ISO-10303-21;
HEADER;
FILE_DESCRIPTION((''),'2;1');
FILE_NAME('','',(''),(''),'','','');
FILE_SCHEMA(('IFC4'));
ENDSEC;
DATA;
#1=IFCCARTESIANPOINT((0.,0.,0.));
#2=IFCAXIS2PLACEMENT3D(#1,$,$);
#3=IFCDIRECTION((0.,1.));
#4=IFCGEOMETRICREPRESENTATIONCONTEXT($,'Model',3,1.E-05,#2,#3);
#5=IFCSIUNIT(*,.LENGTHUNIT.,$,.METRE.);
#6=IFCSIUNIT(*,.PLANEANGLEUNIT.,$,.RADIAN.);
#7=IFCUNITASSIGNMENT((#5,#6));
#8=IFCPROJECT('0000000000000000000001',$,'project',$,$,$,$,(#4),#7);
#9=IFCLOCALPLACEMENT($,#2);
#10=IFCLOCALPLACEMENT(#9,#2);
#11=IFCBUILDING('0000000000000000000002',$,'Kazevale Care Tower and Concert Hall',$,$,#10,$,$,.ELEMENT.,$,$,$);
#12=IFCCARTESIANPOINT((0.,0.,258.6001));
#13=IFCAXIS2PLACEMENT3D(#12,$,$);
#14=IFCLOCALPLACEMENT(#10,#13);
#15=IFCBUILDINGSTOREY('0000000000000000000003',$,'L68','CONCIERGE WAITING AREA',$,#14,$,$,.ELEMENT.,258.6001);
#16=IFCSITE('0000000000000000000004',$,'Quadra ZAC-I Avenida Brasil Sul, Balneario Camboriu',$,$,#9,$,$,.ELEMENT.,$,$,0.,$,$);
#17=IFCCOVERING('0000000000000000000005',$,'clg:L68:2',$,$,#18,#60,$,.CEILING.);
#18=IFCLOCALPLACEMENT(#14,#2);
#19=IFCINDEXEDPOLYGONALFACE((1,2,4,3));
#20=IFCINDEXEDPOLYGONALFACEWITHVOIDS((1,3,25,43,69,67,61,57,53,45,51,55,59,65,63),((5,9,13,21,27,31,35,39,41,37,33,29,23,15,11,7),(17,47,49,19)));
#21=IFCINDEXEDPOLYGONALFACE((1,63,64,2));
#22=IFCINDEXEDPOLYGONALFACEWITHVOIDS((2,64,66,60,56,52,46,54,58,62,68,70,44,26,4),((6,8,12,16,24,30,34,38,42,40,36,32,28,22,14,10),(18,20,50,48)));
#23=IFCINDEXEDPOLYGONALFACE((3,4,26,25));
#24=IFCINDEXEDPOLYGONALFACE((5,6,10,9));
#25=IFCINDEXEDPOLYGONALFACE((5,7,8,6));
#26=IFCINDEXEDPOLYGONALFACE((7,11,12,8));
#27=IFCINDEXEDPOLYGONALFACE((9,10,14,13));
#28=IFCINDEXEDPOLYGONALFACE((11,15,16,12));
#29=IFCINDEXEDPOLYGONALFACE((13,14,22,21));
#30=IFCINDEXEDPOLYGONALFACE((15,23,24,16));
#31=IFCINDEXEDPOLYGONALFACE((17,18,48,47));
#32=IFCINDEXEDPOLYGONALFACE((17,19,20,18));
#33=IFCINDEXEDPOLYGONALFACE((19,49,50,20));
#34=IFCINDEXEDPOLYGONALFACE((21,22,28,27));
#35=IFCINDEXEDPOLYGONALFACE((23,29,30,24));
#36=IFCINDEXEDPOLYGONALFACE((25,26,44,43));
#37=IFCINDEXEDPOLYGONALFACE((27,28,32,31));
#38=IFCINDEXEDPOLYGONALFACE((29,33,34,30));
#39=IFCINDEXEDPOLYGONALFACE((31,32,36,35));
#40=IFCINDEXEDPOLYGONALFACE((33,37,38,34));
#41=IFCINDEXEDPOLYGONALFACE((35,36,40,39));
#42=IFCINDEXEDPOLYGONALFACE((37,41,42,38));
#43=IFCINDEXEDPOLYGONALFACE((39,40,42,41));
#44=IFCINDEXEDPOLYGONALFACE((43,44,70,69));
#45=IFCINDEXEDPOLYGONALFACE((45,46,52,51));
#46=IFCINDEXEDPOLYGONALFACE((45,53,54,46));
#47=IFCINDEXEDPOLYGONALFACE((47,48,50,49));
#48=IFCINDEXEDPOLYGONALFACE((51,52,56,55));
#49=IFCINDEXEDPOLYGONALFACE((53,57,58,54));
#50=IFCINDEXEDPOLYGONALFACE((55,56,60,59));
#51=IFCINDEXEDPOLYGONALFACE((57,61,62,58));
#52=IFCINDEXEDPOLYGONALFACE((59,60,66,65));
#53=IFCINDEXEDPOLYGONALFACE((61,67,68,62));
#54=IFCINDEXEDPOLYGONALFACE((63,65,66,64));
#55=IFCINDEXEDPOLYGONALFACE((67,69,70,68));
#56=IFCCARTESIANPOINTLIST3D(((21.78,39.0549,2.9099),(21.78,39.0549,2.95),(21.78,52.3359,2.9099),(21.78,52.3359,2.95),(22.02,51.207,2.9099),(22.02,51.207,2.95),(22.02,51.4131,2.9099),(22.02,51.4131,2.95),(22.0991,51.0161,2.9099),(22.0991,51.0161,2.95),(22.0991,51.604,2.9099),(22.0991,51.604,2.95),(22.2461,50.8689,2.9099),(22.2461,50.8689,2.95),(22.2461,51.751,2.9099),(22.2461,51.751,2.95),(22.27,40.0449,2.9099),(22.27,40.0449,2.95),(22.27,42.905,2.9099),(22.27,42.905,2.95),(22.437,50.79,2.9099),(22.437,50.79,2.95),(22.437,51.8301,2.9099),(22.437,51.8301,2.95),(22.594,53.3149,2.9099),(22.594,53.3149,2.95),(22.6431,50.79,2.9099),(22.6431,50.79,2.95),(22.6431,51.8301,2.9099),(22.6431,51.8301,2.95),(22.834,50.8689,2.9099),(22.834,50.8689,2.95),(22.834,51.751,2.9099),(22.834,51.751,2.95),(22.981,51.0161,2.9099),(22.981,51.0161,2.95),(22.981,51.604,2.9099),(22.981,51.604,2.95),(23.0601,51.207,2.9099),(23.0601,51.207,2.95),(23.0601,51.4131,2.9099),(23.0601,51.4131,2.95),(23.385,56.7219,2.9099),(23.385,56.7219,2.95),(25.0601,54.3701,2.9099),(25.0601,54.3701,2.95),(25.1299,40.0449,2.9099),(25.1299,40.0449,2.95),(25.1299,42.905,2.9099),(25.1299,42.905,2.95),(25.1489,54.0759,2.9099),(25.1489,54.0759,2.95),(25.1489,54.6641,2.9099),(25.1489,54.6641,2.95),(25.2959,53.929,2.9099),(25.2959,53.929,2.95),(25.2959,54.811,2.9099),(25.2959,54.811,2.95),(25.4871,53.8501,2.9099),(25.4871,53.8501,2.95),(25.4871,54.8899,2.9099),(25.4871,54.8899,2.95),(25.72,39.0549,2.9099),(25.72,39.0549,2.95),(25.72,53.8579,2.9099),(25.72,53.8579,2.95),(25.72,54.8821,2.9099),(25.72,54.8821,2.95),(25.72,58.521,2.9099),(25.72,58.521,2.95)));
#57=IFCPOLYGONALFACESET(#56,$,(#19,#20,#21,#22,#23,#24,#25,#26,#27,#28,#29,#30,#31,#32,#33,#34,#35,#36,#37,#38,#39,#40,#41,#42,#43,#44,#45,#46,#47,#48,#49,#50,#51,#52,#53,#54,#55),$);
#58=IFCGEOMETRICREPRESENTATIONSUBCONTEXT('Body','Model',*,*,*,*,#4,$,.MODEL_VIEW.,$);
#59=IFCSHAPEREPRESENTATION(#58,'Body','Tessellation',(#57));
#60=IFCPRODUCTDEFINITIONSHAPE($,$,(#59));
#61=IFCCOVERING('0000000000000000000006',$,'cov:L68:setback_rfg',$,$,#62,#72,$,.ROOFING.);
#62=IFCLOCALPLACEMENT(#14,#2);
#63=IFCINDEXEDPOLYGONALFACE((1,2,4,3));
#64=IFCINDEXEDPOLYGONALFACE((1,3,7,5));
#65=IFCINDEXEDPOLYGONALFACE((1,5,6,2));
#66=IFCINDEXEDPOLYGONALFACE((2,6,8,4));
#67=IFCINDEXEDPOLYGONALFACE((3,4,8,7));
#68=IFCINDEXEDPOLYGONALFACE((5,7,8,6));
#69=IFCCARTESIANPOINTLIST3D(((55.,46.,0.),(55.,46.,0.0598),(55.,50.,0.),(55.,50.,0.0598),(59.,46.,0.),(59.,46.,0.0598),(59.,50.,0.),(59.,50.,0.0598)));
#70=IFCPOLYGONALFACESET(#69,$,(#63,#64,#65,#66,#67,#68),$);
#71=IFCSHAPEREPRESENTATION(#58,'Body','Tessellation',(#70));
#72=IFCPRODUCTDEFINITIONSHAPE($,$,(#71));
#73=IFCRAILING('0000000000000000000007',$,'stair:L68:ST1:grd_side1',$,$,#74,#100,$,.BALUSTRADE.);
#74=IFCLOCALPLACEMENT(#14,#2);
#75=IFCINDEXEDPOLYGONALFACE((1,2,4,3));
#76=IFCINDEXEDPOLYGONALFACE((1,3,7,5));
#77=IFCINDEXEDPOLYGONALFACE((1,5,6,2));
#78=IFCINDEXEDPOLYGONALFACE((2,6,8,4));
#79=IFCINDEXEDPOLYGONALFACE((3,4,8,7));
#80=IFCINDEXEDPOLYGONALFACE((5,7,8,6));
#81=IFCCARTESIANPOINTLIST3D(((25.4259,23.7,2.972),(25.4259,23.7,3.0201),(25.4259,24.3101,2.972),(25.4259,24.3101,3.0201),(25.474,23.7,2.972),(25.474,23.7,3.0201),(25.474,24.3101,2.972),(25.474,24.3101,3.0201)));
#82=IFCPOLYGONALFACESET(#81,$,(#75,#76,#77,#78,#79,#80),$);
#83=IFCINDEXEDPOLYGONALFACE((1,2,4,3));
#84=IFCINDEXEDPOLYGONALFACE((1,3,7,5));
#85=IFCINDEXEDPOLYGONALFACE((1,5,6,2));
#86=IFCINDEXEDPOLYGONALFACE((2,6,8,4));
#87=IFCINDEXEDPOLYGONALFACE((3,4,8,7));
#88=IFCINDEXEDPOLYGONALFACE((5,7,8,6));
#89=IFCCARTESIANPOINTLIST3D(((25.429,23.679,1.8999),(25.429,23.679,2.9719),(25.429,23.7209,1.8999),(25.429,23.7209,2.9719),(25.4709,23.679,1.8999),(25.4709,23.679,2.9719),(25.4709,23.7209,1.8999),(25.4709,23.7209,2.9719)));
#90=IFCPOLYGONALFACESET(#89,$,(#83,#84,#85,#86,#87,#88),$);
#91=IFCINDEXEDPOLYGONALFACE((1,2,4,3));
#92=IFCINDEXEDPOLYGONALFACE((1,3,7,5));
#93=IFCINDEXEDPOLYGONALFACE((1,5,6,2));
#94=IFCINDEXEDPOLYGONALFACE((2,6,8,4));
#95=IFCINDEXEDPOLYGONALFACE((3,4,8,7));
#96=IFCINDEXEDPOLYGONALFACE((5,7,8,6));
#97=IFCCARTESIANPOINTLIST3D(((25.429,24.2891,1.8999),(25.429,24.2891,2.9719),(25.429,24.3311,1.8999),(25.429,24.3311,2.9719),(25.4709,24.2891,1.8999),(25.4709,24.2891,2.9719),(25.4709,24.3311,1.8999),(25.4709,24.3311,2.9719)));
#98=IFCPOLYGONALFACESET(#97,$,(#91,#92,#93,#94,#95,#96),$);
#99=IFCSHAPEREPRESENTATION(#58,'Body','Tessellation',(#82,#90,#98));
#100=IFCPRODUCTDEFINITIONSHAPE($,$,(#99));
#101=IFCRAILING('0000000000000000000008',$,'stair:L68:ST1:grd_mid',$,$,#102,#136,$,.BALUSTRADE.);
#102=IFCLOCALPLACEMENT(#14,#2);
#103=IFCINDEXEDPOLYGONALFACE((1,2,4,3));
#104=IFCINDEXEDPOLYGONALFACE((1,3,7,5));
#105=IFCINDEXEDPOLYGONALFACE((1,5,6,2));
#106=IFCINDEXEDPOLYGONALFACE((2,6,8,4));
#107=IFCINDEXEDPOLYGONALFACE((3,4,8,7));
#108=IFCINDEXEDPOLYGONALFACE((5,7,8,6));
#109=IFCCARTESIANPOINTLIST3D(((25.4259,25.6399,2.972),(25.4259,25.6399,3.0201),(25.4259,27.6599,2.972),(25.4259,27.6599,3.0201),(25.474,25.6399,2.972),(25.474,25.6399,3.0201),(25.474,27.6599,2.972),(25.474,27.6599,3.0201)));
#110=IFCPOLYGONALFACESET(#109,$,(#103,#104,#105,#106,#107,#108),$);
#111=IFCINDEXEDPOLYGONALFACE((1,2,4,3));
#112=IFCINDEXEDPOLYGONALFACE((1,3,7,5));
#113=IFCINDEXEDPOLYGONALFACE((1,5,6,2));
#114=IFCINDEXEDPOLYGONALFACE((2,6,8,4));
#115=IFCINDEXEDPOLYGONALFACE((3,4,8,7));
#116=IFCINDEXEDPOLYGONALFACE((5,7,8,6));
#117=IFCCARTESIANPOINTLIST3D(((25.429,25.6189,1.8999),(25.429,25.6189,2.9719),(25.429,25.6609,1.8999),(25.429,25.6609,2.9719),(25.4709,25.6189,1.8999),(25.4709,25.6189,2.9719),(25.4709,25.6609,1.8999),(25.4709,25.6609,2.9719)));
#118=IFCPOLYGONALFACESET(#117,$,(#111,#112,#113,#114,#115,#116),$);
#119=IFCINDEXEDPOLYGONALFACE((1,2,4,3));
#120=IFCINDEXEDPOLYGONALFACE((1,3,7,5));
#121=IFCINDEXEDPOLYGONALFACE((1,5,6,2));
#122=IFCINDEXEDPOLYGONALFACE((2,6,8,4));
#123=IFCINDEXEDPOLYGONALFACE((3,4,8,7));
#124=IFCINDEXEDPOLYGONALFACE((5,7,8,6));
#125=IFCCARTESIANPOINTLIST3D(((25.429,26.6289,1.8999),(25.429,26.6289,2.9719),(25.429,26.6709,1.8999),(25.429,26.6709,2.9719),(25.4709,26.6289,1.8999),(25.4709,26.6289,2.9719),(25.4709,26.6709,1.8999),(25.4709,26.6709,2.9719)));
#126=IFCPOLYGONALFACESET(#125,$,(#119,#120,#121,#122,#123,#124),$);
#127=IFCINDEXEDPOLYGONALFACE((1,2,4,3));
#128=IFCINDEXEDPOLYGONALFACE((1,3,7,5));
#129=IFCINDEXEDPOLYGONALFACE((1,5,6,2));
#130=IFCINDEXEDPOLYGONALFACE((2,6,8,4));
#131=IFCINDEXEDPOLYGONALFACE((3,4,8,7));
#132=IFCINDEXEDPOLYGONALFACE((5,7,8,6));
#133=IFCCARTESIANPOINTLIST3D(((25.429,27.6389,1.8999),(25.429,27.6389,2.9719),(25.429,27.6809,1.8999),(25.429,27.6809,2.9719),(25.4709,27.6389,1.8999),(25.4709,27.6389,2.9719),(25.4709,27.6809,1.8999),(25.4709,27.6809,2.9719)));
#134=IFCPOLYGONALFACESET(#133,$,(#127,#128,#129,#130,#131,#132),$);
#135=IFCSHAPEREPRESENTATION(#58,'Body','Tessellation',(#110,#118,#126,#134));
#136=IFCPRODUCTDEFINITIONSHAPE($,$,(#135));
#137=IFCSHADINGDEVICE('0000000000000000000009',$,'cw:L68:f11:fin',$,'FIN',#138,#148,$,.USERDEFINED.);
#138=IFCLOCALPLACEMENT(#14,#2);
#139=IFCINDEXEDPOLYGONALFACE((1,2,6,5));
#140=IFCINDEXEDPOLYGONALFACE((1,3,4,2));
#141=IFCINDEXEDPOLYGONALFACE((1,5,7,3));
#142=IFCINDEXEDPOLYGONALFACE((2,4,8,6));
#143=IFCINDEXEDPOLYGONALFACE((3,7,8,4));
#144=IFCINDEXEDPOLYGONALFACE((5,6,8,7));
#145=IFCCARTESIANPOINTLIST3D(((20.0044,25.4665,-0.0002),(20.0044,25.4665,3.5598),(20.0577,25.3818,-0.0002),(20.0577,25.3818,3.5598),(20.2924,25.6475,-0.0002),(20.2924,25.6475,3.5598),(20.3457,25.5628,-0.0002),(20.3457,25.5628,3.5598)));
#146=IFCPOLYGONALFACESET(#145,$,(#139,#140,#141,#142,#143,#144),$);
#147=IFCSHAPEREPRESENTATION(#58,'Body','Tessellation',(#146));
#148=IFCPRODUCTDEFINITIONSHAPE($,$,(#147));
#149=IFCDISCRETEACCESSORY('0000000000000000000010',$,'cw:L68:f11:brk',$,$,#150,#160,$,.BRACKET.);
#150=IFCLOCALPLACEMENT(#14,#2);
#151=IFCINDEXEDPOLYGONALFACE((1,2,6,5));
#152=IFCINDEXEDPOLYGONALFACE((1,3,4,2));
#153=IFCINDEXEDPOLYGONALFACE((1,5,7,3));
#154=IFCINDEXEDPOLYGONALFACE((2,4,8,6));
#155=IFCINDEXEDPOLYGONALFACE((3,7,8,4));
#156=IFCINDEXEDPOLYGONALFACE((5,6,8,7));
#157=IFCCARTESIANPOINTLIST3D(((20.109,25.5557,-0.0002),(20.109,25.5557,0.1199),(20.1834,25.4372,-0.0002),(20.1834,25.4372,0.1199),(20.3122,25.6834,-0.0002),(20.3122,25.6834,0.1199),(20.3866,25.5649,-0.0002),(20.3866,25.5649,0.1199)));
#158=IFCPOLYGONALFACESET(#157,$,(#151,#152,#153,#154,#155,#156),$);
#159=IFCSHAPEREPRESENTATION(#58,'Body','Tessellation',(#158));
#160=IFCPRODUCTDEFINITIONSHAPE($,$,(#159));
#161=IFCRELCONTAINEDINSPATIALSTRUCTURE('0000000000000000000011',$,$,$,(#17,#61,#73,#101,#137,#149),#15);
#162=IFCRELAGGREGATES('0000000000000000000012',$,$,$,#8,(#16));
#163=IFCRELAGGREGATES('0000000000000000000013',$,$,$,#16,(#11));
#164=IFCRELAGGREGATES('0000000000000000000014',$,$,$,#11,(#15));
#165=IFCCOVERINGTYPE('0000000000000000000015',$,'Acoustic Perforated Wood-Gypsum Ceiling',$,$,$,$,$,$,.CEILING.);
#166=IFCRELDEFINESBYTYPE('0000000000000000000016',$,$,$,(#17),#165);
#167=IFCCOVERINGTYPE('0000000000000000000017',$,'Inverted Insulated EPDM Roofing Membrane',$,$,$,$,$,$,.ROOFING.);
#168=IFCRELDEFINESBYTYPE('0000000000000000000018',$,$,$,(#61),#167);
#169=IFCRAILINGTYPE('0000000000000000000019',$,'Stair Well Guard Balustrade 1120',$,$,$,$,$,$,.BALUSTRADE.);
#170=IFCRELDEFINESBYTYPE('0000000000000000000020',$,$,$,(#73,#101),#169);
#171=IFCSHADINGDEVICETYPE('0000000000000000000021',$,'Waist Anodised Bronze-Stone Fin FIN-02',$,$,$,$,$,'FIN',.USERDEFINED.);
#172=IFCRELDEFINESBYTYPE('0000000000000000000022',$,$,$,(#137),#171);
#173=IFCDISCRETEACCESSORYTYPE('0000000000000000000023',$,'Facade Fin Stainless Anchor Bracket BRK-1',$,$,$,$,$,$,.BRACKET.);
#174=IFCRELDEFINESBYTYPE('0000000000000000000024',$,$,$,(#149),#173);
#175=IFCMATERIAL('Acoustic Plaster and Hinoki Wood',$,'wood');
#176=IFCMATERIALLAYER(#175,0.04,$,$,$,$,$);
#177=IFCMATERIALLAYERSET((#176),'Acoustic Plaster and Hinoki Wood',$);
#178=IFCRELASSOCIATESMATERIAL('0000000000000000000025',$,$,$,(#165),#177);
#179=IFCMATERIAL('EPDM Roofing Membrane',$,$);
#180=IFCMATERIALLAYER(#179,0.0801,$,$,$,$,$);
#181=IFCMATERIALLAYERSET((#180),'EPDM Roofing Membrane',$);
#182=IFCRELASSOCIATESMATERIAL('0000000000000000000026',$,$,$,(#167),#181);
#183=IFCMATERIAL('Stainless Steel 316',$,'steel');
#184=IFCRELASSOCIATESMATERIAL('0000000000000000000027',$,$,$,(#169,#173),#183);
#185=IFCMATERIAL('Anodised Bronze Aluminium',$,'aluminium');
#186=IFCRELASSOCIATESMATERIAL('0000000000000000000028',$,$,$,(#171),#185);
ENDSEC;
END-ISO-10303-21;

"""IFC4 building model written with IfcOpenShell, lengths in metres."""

from ifc_helpers import new_model, si_unit, direction, frame, origin, origin_2d, place, context, subcontext, project, spatial, polyline, rectangle, outline, extrude, material, layer, layer_set, type_object, element, save


model = new_model("IFC4")

# Units and contexts
model_context = context("Model", 3, precision=1e-05, world=origin(), true_north=direction((0.0, 1.0)))
body_context = subcontext(model_context, "Body", "Model", "MODEL_VIEW")
ifc_project = project(units=[si_unit("LENGTHUNIT", "METRE"), si_unit("PLANEANGLEUNIT", "RADIAN")], contexts=[model_context])

# Site, building, storey
site_placement = place(None, origin())
site = spatial("IfcSite", under=ifc_project, at=site_placement, Name="Quadra ZAC-I Avenida Brasil Sul, Balneario Camboriu", CompositionType="ELEMENT", RefElevation=0.0)
building_placement = place(site_placement, origin())
building = spatial("IfcBuilding", under=site, at=building_placement, Name="Kazevale Care Tower and Concert Hall", CompositionType="ELEMENT")
storey_placement = place(building_placement, frame((0.0, 0.0, 258.6001)))
storey = spatial("IfcBuildingStorey", under=building, at=storey_placement, Name="L68", Description="CONCIERGE WAITING AREA", CompositionType="ELEMENT", Elevation=258.6001)

# Coverings
ifc_material_1 = material(Name="Acoustic Plaster and Hinoki Wood", Category="wood")
ifc_layer_1 = layer(ifc_material_1, 0.04)
ifc_layer_set_1 = layer_set([ifc_layer_1], Name="Acoustic Plaster and Hinoki Wood")
covering_type_1 = type_object("IfcCoveringType", Name="Acoustic Perforated Wood-Gypsum Ceiling", PredefinedType="CEILING", material=ifc_layer_set_1)
covering_1_placement = place(storey_placement, frame((0.0, 0.0, 2.9099)))
element("IfcCovering", 1, at=covering_1_placement, inside=storey, type_object=covering_type_1, Name="clg:L68:2", PredefinedType="CEILING", context=body_context, shape_type="SweptSolid", body=[
    extrude(outline(polyline([(25.72, 54.8821), (25.4871, 54.8899), (25.2959, 54.811), (25.1489, 54.6641), (25.0601, 54.3701), (25.1489, 54.0759), (25.2959, 53.929), (25.4871, 53.8501), (25.72, 53.8579), (25.72, 39.0549), (21.78, 39.0549), (21.78, 52.3359), (22.594, 53.3149), (23.385, 56.7219), (25.72, 58.521), (25.72, 54.8821)]), holes=[polyline([(22.27, 40.0449), (25.1299, 40.0449), (25.1299, 42.905), (22.27, 42.905), (22.27, 40.0449)]), polyline([(23.0601, 51.4131), (22.981, 51.604), (22.834, 51.751), (22.6431, 51.8301), (22.437, 51.8301), (22.2461, 51.751), (22.0991, 51.604), (22.02, 51.4131), (22.02, 51.207), (22.0991, 51.0161), (22.2461, 50.8689), (22.437, 50.79), (22.6431, 50.79), (22.834, 50.8689), (22.981, 51.0161), (23.0601, 51.207), (23.0601, 51.4131)])]), origin(), (0.0, 0.0, 1.0), 0.04),
])
ifc_material_2 = material(Name="EPDM Roofing Membrane")
ifc_layer_2 = layer(ifc_material_2, 0.0801)
ifc_layer_set_2 = layer_set([ifc_layer_2], Name="EPDM Roofing Membrane")
covering_type_2 = type_object("IfcCoveringType", Name="Inverted Insulated EPDM Roofing Membrane", PredefinedType="ROOFING", material=ifc_layer_set_2)
covering_2_placement = place(storey_placement, origin())
element("IfcCovering", 2, at=covering_2_placement, inside=storey, type_object=covering_type_2, Name="cov:L68:setback_rfg", PredefinedType="ROOFING", context=body_context, shape_type="SweptSolid", body=[
    extrude(outline(polyline([(55.0, 50.0), (59.0, 50.0), (59.0, 46.0), (55.0, 46.0), (55.0, 50.0)])), origin(), (0.0, 0.0, 1.0), 0.0598),
])

# Railings
ifc_material_3 = material(Name="Stainless Steel 316", Category="steel")
railing_type = type_object("IfcRailingType", Name="Stair Well Guard Balustrade 1120", PredefinedType="BALUSTRADE", material=ifc_material_3)
railing_1_placement = place(storey_placement, frame((25.45, 23.7, 1.8999)))
element("IfcRailing", 3, at=railing_1_placement, inside=storey, type_object=railing_type, Name="stair:L68:ST1:grd_side1", PredefinedType="BALUSTRADE", context=body_context, shape_type="SweptSolid", body=[
    extrude(rectangle(XDim=0.0481, YDim=0.0481, at=origin_2d()), frame((0.0, 0.0, 1.0962), z_axis=(0.0, 1.0, 0.0), x_axis=(-1.0, 0.0, 0.0)), (0.0, 0.0, 1.0), 0.6101),
    extrude(rectangle(XDim=0.042, YDim=0.042, at=origin_2d()), origin(), (0.0, 0.0, 1.0), 1.072),
    extrude(rectangle(XDim=0.042, YDim=0.042, at=origin_2d()), frame((0.0, 0.6101, 0.0)), (0.0, 0.0, 1.0), 1.072),
])
railing_2_placement = place(storey_placement, frame((25.45, 25.6399, 1.8999)))
element("IfcRailing", 4, at=railing_2_placement, inside=storey, type_object=railing_type, Name="stair:L68:ST1:grd_mid", PredefinedType="BALUSTRADE", context=body_context, shape_type="SweptSolid", body=[
    extrude(rectangle(XDim=0.0481, YDim=0.0481, at=origin_2d()), frame((0.0, 0.0, 1.0962), z_axis=(0.0, 1.0, 0.0), x_axis=(-1.0, 0.0, 0.0)), (0.0, 0.0, 1.0), 2.02),
    extrude(rectangle(XDim=0.042, YDim=0.042, at=origin_2d()), origin(), (0.0, 0.0, 1.0), 1.072),
    extrude(rectangle(XDim=0.042, YDim=0.042, at=origin_2d()), frame((0.0, 1.01, 0.0)), (0.0, 0.0, 1.0), 1.072),
    extrude(rectangle(XDim=0.042, YDim=0.042, at=origin_2d()), frame((0.0, 2.02, 0.0)), (0.0, 0.0, 1.0), 1.072),
])

# Shading device
ifc_material_4 = material(Name="Anodised Bronze Aluminium", Category="aluminium")
shading_device_type = type_object("IfcShadingDeviceType", Name="Waist Anodised Bronze-Stone Fin FIN-02", ElementType="FIN", PredefinedType="USERDEFINED", material=ifc_material_4)
shading_device_placement = place(storey_placement, frame((20.175, 25.5146, -0.0002), z_axis=(0.0, 0.0, 1.0), x_axis=(-0.846658, -0.532138, 0.0)))
element("IfcShadingDevice", 5, at=shading_device_placement, inside=storey, type_object=shading_device_type, Name="cw:L68:f11:fin", ObjectType="FIN", PredefinedType="USERDEFINED", context=body_context, shape_type="SweptSolid", body=[
    extrude(rectangle(XDim=0.3401, YDim=0.1001, at=origin_2d()), origin(), (0.0, 0.0, 1.0), 3.5601),
])

# Discrete accessory
discrete_accessory_type = type_object("IfcDiscreteAccessoryType", Name="Facade Fin Stainless Anchor Bracket BRK-1", PredefinedType="BRACKET", material=ifc_material_3)
discrete_accessory_placement = place(storey_placement, frame((20.2478, 25.5603, -0.0002), z_axis=(0.0, 0.0, 1.0), x_axis=(-0.846658, -0.532138, 0.0)))
element("IfcDiscreteAccessory", 6, at=discrete_accessory_placement, inside=storey, type_object=discrete_accessory_type, Name="cw:L68:f11:brk", PredefinedType="BRACKET", context=body_context, shape_type="SweptSolid", body=[
    extrude(rectangle(XDim=0.24, YDim=0.1399, at=origin_2d()), origin(), (0.0, 0.0, 1.0), 0.1201),
])

save(model, "model.ifc")
